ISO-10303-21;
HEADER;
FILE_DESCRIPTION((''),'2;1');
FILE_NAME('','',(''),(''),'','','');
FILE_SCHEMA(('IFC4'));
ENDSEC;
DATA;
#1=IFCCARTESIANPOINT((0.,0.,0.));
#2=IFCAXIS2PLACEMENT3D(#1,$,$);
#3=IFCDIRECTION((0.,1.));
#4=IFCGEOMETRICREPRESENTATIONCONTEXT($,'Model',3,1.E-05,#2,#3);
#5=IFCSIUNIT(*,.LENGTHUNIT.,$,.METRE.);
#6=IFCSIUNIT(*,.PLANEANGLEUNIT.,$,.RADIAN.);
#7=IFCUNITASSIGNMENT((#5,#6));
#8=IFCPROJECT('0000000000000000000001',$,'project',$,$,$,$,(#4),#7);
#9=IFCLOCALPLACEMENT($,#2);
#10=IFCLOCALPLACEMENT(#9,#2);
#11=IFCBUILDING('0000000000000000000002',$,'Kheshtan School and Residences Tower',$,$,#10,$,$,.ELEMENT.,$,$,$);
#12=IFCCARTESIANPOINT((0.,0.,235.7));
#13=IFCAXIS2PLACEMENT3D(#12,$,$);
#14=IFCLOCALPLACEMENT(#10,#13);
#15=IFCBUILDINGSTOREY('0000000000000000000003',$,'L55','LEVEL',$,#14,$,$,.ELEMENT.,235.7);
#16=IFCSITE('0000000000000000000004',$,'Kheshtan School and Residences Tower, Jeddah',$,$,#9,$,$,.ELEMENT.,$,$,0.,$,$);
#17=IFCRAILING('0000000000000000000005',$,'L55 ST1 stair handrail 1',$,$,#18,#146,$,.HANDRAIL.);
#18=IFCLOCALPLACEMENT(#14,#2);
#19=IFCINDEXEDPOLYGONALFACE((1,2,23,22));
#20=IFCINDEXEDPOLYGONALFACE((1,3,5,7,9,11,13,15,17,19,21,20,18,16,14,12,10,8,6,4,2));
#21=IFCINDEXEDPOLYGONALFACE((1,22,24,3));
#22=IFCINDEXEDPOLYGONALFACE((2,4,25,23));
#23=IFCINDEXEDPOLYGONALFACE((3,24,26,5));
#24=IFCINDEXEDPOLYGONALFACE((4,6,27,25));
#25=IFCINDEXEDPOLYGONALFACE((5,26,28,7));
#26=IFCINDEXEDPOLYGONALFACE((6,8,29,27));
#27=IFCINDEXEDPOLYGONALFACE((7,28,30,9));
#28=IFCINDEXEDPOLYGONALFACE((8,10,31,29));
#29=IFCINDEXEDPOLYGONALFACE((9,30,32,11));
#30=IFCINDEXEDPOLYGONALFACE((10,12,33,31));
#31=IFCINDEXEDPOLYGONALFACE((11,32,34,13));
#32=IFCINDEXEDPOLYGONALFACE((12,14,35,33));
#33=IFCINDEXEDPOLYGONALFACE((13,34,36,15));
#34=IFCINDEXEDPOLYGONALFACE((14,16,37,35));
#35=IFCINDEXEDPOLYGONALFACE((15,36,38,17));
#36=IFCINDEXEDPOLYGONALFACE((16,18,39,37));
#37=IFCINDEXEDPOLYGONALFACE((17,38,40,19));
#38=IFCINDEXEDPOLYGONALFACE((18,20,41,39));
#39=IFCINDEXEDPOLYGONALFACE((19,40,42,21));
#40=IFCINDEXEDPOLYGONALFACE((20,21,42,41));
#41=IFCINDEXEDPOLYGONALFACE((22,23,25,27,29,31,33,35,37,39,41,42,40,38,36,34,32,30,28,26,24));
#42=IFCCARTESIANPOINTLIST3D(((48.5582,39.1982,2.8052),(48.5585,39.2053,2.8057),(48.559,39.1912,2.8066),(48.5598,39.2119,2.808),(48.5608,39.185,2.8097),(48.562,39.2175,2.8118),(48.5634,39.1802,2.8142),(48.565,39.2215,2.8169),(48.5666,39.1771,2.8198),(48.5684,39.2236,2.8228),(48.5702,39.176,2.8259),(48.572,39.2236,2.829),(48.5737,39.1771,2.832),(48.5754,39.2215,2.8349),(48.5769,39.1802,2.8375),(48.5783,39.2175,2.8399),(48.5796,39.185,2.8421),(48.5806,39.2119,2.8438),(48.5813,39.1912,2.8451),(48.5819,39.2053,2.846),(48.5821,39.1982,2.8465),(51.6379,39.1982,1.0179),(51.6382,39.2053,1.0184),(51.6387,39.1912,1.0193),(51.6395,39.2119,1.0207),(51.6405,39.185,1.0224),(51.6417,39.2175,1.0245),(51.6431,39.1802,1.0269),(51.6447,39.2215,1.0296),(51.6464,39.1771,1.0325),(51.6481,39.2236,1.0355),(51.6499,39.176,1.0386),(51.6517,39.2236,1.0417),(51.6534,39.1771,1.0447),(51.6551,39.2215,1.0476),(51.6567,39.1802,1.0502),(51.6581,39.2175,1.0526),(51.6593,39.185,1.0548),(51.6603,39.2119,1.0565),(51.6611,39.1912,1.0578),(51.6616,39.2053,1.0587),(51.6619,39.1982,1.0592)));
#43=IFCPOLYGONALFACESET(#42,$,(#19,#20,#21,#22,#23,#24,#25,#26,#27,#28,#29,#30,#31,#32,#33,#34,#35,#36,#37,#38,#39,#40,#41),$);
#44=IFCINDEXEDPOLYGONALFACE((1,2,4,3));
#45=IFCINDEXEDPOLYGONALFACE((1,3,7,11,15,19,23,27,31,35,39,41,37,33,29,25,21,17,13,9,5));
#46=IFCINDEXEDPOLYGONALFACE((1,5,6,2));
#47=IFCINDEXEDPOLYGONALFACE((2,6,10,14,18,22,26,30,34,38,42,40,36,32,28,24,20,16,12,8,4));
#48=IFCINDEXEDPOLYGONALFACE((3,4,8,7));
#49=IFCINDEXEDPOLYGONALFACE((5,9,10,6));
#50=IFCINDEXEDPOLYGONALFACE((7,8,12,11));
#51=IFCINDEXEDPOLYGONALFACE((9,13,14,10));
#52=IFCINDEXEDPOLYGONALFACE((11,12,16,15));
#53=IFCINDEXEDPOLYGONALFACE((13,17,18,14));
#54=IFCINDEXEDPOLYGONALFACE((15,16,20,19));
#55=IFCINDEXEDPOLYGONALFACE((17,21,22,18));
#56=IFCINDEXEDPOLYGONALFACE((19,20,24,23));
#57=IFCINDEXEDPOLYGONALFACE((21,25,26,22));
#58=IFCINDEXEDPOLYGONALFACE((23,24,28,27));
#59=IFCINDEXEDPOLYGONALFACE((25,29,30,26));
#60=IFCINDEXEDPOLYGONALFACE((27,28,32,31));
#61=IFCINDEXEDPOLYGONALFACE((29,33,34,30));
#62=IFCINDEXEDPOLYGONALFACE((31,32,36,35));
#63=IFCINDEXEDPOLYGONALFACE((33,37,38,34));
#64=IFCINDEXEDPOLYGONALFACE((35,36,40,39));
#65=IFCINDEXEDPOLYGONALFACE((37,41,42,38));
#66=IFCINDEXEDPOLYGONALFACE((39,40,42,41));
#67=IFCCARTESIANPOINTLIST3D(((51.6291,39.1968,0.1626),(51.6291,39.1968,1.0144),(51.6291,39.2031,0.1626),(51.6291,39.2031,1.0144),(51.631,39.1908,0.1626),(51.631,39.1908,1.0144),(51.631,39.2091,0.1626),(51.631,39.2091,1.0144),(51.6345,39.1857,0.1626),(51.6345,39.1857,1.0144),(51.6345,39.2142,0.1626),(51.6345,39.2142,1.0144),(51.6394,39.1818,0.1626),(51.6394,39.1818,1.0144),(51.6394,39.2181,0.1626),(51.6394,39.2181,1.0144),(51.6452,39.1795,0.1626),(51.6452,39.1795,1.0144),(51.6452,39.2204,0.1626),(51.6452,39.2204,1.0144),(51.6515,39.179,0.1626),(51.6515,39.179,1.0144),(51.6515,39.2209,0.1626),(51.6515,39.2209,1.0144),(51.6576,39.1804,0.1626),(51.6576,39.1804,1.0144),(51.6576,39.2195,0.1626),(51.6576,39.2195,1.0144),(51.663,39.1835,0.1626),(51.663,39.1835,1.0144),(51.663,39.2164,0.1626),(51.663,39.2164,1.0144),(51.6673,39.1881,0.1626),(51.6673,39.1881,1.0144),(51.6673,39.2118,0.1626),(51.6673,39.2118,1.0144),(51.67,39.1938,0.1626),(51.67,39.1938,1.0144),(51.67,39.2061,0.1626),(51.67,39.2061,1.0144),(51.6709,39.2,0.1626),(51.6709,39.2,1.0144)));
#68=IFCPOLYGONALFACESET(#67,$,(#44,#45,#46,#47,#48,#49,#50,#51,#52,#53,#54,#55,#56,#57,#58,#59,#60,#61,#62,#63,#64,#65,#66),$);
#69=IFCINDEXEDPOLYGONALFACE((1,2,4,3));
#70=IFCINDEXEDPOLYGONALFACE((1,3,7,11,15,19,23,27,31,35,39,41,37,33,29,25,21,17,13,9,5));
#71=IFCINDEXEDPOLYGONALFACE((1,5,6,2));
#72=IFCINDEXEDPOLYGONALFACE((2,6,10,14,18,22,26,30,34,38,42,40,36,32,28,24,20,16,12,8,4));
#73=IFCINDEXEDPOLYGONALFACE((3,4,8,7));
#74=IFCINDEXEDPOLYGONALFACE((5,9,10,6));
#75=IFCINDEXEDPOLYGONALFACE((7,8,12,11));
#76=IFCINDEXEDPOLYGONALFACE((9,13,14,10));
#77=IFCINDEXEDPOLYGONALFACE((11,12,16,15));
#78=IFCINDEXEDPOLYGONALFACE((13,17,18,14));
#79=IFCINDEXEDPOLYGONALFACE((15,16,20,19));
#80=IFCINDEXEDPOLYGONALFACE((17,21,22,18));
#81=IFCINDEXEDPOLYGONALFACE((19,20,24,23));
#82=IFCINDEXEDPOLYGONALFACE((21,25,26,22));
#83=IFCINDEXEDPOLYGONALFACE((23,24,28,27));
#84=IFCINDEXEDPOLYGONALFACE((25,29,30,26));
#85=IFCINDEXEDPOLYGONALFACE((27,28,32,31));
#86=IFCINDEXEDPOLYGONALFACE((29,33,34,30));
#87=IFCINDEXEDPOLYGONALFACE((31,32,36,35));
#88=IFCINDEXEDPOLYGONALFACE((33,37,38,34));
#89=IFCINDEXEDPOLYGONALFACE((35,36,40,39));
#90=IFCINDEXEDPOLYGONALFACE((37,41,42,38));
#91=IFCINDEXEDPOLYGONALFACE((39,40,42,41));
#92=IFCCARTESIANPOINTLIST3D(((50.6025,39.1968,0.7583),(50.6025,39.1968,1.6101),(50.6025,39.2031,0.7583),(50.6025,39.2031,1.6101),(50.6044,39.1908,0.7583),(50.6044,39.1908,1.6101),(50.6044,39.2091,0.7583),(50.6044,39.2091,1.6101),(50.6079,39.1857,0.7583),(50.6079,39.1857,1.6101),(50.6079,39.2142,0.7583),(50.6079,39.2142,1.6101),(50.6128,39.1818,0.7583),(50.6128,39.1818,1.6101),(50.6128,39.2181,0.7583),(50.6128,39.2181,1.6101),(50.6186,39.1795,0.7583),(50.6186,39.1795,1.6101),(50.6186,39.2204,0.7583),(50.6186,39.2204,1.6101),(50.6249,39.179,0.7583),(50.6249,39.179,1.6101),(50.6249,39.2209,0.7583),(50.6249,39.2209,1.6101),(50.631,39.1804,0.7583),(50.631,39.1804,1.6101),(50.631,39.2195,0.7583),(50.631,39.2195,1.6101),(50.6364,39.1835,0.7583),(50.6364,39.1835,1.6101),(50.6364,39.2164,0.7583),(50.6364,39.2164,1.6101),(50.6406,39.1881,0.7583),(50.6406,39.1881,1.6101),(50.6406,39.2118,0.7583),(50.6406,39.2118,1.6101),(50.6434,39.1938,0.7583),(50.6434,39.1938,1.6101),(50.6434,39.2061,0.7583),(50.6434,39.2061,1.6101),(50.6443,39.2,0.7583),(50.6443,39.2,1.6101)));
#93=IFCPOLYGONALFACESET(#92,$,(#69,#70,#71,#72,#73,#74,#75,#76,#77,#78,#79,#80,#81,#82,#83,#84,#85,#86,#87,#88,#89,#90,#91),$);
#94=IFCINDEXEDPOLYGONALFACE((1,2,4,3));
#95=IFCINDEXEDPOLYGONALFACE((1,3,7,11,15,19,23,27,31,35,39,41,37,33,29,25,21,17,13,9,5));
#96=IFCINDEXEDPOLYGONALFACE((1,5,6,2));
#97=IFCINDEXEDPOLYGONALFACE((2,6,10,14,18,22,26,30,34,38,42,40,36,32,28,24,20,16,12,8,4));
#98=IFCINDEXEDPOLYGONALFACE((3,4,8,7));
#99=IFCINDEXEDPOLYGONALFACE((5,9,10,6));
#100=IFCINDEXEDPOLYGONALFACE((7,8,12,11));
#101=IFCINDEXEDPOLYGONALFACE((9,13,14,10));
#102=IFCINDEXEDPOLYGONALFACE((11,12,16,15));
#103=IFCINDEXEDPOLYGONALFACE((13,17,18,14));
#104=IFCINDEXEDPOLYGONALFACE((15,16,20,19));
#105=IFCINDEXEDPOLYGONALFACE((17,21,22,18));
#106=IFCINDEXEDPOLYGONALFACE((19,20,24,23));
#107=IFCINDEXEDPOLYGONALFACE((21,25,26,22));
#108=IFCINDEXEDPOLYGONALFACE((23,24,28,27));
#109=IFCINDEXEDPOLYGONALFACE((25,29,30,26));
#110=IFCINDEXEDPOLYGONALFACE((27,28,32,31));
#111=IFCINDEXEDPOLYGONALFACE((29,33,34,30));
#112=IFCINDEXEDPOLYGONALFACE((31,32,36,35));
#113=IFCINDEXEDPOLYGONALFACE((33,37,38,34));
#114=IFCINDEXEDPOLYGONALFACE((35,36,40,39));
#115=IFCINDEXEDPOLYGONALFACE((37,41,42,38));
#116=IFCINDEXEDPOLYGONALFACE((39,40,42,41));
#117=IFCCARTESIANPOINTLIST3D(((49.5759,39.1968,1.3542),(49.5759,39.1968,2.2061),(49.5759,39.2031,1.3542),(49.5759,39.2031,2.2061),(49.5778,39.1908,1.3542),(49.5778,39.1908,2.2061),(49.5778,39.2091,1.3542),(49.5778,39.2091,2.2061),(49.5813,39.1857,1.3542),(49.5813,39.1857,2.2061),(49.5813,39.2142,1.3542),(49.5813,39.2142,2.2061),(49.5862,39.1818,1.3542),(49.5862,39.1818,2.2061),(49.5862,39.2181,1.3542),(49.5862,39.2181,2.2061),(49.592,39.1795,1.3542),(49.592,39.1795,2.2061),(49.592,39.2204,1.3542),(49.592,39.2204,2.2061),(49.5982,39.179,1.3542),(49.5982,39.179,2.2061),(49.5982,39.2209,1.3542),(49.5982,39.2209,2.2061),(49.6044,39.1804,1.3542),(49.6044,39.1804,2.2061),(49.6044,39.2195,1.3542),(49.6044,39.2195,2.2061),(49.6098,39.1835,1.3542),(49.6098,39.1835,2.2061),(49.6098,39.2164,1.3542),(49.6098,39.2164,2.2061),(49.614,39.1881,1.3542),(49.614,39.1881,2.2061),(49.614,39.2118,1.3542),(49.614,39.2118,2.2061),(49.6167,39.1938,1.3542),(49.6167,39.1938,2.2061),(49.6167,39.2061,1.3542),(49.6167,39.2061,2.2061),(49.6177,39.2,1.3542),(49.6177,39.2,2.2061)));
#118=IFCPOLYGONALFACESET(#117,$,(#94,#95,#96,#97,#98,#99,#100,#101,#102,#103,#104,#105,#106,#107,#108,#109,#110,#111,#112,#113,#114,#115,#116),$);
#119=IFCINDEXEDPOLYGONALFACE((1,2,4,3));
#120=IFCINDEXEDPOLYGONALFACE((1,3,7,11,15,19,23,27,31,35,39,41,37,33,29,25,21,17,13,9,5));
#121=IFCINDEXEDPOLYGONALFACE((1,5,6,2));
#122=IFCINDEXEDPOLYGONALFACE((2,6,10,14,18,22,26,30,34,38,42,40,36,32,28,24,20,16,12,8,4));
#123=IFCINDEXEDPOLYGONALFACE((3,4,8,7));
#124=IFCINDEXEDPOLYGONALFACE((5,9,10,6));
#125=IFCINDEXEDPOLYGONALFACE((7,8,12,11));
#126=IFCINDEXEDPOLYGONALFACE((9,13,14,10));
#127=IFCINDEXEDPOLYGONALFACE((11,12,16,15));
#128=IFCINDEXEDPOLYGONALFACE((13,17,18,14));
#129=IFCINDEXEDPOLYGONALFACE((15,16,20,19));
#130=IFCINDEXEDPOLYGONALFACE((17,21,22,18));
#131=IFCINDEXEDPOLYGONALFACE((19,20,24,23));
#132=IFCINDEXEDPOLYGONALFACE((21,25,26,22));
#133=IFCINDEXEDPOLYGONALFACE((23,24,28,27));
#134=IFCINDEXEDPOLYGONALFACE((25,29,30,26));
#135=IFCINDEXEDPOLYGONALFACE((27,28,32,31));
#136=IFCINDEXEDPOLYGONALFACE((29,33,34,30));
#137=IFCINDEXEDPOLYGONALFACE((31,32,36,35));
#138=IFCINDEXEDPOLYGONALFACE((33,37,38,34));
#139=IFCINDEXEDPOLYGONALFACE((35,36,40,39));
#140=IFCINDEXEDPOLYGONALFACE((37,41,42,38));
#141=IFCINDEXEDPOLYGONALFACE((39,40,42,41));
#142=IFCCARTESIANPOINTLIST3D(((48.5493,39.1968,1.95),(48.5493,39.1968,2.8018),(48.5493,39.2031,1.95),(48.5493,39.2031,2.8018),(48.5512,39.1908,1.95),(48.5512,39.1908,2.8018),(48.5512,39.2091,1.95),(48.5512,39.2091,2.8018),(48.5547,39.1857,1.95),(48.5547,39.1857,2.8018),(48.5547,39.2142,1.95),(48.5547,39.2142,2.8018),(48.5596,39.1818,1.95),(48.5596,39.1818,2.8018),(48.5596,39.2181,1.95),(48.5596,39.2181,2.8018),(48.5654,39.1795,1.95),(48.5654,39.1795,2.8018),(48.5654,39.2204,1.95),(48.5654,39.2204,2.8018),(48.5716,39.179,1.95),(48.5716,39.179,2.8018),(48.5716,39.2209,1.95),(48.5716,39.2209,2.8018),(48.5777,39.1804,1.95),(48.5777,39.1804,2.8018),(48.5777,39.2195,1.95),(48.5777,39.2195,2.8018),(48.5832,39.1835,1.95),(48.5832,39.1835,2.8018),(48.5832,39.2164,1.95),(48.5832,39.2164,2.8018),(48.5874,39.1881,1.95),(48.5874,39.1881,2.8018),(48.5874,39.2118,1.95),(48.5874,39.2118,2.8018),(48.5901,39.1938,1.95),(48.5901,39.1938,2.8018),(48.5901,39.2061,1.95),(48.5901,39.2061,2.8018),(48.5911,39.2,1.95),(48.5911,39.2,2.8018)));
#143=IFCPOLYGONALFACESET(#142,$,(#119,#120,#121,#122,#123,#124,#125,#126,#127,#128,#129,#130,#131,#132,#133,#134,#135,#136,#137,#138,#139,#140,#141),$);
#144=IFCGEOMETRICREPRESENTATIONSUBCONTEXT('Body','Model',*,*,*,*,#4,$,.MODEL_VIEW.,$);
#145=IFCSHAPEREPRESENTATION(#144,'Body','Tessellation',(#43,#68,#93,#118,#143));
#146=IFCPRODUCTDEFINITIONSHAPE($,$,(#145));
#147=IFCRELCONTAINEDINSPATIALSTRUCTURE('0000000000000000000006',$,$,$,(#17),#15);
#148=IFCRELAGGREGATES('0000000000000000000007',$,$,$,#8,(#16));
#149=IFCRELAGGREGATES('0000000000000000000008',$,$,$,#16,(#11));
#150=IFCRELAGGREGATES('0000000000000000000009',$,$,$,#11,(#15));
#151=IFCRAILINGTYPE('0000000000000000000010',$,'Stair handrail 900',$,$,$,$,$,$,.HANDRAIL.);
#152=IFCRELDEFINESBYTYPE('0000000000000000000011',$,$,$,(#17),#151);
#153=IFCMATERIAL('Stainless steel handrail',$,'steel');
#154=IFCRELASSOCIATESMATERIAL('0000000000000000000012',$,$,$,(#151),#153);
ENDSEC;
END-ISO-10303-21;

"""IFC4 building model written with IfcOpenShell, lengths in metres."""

from ifc_helpers import new_model, si_unit, direction, frame, origin, origin_2d, place, context, subcontext, project, spatial, circle, extrude, material, type_object, element, save


model = new_model("IFC4")

# Units and contexts
model_context = context("Model", 3, precision=1e-05, world=origin(), true_north=direction((0.0, 1.0)))
body_context = subcontext(model_context, "Body", "Model", "MODEL_VIEW")
ifc_project = project(units=[si_unit("LENGTHUNIT", "METRE"), si_unit("PLANEANGLEUNIT", "RADIAN")], contexts=[model_context])

# Site, building, storey
site_placement = place(None, origin())
site = spatial("IfcSite", under=ifc_project, at=site_placement, Name="Kheshtan School and Residences Tower, Jeddah", CompositionType="ELEMENT", RefElevation=0.0)
building_placement = place(site_placement, origin())
building = spatial("IfcBuilding", under=site, at=building_placement, Name="Kheshtan School and Residences Tower", CompositionType="ELEMENT")
storey_placement = place(building_placement, frame((0.0, 0.0, 235.7)))
storey = spatial("IfcBuildingStorey", under=building, at=storey_placement, Name="L55", Description="LEVEL", CompositionType="ELEMENT", Elevation=235.7)

# Railing
ifc_material_1 = material(Name="Stainless steel handrail", Category="steel")
railing_type_1 = type_object("IfcRailingType", Name="Stair handrail 900", PredefinedType="HANDRAIL", material=ifc_material_1)
railing_1_placement = place(storey_placement, frame((51.6499, 39.2, 0.1626)))
element("IfcRailing", 1, at=railing_1_placement, inside=storey, type_object=railing_type_1, Name="L55 ST1 stair handrail 1", PredefinedType="HANDRAIL", context=body_context, shape_type="SweptSolid", body=[
    extrude(circle(Radius=0.0239, at=origin_2d()), frame((0.0, 0.0, 0.876), z_axis=(-0.864903, 0.0, 0.501939), x_axis=(0.0, -1.0, 0.0)), (0.0, 0.0, 1.0), 3.5608),
    extrude(circle(Radius=0.021, at=origin_2d()), origin(), (0.0, 0.0, 1.0), 0.8518),
    extrude(circle(Radius=0.021, at=origin_2d()), frame((-1.0266, 0.0, 0.5957)), (0.0, 0.0, 1.0), 0.8518),
    extrude(circle(Radius=0.021, at=origin_2d()), frame((-2.0532, 0.0, 1.1917)), (0.0, 0.0, 1.0), 0.8518),
    extrude(circle(Radius=0.021, at=origin_2d()), frame((-3.0798, 0.0, 1.7874)), (0.0, 0.0, 1.0), 0.8518),
])

save(model, "model.ifc")
